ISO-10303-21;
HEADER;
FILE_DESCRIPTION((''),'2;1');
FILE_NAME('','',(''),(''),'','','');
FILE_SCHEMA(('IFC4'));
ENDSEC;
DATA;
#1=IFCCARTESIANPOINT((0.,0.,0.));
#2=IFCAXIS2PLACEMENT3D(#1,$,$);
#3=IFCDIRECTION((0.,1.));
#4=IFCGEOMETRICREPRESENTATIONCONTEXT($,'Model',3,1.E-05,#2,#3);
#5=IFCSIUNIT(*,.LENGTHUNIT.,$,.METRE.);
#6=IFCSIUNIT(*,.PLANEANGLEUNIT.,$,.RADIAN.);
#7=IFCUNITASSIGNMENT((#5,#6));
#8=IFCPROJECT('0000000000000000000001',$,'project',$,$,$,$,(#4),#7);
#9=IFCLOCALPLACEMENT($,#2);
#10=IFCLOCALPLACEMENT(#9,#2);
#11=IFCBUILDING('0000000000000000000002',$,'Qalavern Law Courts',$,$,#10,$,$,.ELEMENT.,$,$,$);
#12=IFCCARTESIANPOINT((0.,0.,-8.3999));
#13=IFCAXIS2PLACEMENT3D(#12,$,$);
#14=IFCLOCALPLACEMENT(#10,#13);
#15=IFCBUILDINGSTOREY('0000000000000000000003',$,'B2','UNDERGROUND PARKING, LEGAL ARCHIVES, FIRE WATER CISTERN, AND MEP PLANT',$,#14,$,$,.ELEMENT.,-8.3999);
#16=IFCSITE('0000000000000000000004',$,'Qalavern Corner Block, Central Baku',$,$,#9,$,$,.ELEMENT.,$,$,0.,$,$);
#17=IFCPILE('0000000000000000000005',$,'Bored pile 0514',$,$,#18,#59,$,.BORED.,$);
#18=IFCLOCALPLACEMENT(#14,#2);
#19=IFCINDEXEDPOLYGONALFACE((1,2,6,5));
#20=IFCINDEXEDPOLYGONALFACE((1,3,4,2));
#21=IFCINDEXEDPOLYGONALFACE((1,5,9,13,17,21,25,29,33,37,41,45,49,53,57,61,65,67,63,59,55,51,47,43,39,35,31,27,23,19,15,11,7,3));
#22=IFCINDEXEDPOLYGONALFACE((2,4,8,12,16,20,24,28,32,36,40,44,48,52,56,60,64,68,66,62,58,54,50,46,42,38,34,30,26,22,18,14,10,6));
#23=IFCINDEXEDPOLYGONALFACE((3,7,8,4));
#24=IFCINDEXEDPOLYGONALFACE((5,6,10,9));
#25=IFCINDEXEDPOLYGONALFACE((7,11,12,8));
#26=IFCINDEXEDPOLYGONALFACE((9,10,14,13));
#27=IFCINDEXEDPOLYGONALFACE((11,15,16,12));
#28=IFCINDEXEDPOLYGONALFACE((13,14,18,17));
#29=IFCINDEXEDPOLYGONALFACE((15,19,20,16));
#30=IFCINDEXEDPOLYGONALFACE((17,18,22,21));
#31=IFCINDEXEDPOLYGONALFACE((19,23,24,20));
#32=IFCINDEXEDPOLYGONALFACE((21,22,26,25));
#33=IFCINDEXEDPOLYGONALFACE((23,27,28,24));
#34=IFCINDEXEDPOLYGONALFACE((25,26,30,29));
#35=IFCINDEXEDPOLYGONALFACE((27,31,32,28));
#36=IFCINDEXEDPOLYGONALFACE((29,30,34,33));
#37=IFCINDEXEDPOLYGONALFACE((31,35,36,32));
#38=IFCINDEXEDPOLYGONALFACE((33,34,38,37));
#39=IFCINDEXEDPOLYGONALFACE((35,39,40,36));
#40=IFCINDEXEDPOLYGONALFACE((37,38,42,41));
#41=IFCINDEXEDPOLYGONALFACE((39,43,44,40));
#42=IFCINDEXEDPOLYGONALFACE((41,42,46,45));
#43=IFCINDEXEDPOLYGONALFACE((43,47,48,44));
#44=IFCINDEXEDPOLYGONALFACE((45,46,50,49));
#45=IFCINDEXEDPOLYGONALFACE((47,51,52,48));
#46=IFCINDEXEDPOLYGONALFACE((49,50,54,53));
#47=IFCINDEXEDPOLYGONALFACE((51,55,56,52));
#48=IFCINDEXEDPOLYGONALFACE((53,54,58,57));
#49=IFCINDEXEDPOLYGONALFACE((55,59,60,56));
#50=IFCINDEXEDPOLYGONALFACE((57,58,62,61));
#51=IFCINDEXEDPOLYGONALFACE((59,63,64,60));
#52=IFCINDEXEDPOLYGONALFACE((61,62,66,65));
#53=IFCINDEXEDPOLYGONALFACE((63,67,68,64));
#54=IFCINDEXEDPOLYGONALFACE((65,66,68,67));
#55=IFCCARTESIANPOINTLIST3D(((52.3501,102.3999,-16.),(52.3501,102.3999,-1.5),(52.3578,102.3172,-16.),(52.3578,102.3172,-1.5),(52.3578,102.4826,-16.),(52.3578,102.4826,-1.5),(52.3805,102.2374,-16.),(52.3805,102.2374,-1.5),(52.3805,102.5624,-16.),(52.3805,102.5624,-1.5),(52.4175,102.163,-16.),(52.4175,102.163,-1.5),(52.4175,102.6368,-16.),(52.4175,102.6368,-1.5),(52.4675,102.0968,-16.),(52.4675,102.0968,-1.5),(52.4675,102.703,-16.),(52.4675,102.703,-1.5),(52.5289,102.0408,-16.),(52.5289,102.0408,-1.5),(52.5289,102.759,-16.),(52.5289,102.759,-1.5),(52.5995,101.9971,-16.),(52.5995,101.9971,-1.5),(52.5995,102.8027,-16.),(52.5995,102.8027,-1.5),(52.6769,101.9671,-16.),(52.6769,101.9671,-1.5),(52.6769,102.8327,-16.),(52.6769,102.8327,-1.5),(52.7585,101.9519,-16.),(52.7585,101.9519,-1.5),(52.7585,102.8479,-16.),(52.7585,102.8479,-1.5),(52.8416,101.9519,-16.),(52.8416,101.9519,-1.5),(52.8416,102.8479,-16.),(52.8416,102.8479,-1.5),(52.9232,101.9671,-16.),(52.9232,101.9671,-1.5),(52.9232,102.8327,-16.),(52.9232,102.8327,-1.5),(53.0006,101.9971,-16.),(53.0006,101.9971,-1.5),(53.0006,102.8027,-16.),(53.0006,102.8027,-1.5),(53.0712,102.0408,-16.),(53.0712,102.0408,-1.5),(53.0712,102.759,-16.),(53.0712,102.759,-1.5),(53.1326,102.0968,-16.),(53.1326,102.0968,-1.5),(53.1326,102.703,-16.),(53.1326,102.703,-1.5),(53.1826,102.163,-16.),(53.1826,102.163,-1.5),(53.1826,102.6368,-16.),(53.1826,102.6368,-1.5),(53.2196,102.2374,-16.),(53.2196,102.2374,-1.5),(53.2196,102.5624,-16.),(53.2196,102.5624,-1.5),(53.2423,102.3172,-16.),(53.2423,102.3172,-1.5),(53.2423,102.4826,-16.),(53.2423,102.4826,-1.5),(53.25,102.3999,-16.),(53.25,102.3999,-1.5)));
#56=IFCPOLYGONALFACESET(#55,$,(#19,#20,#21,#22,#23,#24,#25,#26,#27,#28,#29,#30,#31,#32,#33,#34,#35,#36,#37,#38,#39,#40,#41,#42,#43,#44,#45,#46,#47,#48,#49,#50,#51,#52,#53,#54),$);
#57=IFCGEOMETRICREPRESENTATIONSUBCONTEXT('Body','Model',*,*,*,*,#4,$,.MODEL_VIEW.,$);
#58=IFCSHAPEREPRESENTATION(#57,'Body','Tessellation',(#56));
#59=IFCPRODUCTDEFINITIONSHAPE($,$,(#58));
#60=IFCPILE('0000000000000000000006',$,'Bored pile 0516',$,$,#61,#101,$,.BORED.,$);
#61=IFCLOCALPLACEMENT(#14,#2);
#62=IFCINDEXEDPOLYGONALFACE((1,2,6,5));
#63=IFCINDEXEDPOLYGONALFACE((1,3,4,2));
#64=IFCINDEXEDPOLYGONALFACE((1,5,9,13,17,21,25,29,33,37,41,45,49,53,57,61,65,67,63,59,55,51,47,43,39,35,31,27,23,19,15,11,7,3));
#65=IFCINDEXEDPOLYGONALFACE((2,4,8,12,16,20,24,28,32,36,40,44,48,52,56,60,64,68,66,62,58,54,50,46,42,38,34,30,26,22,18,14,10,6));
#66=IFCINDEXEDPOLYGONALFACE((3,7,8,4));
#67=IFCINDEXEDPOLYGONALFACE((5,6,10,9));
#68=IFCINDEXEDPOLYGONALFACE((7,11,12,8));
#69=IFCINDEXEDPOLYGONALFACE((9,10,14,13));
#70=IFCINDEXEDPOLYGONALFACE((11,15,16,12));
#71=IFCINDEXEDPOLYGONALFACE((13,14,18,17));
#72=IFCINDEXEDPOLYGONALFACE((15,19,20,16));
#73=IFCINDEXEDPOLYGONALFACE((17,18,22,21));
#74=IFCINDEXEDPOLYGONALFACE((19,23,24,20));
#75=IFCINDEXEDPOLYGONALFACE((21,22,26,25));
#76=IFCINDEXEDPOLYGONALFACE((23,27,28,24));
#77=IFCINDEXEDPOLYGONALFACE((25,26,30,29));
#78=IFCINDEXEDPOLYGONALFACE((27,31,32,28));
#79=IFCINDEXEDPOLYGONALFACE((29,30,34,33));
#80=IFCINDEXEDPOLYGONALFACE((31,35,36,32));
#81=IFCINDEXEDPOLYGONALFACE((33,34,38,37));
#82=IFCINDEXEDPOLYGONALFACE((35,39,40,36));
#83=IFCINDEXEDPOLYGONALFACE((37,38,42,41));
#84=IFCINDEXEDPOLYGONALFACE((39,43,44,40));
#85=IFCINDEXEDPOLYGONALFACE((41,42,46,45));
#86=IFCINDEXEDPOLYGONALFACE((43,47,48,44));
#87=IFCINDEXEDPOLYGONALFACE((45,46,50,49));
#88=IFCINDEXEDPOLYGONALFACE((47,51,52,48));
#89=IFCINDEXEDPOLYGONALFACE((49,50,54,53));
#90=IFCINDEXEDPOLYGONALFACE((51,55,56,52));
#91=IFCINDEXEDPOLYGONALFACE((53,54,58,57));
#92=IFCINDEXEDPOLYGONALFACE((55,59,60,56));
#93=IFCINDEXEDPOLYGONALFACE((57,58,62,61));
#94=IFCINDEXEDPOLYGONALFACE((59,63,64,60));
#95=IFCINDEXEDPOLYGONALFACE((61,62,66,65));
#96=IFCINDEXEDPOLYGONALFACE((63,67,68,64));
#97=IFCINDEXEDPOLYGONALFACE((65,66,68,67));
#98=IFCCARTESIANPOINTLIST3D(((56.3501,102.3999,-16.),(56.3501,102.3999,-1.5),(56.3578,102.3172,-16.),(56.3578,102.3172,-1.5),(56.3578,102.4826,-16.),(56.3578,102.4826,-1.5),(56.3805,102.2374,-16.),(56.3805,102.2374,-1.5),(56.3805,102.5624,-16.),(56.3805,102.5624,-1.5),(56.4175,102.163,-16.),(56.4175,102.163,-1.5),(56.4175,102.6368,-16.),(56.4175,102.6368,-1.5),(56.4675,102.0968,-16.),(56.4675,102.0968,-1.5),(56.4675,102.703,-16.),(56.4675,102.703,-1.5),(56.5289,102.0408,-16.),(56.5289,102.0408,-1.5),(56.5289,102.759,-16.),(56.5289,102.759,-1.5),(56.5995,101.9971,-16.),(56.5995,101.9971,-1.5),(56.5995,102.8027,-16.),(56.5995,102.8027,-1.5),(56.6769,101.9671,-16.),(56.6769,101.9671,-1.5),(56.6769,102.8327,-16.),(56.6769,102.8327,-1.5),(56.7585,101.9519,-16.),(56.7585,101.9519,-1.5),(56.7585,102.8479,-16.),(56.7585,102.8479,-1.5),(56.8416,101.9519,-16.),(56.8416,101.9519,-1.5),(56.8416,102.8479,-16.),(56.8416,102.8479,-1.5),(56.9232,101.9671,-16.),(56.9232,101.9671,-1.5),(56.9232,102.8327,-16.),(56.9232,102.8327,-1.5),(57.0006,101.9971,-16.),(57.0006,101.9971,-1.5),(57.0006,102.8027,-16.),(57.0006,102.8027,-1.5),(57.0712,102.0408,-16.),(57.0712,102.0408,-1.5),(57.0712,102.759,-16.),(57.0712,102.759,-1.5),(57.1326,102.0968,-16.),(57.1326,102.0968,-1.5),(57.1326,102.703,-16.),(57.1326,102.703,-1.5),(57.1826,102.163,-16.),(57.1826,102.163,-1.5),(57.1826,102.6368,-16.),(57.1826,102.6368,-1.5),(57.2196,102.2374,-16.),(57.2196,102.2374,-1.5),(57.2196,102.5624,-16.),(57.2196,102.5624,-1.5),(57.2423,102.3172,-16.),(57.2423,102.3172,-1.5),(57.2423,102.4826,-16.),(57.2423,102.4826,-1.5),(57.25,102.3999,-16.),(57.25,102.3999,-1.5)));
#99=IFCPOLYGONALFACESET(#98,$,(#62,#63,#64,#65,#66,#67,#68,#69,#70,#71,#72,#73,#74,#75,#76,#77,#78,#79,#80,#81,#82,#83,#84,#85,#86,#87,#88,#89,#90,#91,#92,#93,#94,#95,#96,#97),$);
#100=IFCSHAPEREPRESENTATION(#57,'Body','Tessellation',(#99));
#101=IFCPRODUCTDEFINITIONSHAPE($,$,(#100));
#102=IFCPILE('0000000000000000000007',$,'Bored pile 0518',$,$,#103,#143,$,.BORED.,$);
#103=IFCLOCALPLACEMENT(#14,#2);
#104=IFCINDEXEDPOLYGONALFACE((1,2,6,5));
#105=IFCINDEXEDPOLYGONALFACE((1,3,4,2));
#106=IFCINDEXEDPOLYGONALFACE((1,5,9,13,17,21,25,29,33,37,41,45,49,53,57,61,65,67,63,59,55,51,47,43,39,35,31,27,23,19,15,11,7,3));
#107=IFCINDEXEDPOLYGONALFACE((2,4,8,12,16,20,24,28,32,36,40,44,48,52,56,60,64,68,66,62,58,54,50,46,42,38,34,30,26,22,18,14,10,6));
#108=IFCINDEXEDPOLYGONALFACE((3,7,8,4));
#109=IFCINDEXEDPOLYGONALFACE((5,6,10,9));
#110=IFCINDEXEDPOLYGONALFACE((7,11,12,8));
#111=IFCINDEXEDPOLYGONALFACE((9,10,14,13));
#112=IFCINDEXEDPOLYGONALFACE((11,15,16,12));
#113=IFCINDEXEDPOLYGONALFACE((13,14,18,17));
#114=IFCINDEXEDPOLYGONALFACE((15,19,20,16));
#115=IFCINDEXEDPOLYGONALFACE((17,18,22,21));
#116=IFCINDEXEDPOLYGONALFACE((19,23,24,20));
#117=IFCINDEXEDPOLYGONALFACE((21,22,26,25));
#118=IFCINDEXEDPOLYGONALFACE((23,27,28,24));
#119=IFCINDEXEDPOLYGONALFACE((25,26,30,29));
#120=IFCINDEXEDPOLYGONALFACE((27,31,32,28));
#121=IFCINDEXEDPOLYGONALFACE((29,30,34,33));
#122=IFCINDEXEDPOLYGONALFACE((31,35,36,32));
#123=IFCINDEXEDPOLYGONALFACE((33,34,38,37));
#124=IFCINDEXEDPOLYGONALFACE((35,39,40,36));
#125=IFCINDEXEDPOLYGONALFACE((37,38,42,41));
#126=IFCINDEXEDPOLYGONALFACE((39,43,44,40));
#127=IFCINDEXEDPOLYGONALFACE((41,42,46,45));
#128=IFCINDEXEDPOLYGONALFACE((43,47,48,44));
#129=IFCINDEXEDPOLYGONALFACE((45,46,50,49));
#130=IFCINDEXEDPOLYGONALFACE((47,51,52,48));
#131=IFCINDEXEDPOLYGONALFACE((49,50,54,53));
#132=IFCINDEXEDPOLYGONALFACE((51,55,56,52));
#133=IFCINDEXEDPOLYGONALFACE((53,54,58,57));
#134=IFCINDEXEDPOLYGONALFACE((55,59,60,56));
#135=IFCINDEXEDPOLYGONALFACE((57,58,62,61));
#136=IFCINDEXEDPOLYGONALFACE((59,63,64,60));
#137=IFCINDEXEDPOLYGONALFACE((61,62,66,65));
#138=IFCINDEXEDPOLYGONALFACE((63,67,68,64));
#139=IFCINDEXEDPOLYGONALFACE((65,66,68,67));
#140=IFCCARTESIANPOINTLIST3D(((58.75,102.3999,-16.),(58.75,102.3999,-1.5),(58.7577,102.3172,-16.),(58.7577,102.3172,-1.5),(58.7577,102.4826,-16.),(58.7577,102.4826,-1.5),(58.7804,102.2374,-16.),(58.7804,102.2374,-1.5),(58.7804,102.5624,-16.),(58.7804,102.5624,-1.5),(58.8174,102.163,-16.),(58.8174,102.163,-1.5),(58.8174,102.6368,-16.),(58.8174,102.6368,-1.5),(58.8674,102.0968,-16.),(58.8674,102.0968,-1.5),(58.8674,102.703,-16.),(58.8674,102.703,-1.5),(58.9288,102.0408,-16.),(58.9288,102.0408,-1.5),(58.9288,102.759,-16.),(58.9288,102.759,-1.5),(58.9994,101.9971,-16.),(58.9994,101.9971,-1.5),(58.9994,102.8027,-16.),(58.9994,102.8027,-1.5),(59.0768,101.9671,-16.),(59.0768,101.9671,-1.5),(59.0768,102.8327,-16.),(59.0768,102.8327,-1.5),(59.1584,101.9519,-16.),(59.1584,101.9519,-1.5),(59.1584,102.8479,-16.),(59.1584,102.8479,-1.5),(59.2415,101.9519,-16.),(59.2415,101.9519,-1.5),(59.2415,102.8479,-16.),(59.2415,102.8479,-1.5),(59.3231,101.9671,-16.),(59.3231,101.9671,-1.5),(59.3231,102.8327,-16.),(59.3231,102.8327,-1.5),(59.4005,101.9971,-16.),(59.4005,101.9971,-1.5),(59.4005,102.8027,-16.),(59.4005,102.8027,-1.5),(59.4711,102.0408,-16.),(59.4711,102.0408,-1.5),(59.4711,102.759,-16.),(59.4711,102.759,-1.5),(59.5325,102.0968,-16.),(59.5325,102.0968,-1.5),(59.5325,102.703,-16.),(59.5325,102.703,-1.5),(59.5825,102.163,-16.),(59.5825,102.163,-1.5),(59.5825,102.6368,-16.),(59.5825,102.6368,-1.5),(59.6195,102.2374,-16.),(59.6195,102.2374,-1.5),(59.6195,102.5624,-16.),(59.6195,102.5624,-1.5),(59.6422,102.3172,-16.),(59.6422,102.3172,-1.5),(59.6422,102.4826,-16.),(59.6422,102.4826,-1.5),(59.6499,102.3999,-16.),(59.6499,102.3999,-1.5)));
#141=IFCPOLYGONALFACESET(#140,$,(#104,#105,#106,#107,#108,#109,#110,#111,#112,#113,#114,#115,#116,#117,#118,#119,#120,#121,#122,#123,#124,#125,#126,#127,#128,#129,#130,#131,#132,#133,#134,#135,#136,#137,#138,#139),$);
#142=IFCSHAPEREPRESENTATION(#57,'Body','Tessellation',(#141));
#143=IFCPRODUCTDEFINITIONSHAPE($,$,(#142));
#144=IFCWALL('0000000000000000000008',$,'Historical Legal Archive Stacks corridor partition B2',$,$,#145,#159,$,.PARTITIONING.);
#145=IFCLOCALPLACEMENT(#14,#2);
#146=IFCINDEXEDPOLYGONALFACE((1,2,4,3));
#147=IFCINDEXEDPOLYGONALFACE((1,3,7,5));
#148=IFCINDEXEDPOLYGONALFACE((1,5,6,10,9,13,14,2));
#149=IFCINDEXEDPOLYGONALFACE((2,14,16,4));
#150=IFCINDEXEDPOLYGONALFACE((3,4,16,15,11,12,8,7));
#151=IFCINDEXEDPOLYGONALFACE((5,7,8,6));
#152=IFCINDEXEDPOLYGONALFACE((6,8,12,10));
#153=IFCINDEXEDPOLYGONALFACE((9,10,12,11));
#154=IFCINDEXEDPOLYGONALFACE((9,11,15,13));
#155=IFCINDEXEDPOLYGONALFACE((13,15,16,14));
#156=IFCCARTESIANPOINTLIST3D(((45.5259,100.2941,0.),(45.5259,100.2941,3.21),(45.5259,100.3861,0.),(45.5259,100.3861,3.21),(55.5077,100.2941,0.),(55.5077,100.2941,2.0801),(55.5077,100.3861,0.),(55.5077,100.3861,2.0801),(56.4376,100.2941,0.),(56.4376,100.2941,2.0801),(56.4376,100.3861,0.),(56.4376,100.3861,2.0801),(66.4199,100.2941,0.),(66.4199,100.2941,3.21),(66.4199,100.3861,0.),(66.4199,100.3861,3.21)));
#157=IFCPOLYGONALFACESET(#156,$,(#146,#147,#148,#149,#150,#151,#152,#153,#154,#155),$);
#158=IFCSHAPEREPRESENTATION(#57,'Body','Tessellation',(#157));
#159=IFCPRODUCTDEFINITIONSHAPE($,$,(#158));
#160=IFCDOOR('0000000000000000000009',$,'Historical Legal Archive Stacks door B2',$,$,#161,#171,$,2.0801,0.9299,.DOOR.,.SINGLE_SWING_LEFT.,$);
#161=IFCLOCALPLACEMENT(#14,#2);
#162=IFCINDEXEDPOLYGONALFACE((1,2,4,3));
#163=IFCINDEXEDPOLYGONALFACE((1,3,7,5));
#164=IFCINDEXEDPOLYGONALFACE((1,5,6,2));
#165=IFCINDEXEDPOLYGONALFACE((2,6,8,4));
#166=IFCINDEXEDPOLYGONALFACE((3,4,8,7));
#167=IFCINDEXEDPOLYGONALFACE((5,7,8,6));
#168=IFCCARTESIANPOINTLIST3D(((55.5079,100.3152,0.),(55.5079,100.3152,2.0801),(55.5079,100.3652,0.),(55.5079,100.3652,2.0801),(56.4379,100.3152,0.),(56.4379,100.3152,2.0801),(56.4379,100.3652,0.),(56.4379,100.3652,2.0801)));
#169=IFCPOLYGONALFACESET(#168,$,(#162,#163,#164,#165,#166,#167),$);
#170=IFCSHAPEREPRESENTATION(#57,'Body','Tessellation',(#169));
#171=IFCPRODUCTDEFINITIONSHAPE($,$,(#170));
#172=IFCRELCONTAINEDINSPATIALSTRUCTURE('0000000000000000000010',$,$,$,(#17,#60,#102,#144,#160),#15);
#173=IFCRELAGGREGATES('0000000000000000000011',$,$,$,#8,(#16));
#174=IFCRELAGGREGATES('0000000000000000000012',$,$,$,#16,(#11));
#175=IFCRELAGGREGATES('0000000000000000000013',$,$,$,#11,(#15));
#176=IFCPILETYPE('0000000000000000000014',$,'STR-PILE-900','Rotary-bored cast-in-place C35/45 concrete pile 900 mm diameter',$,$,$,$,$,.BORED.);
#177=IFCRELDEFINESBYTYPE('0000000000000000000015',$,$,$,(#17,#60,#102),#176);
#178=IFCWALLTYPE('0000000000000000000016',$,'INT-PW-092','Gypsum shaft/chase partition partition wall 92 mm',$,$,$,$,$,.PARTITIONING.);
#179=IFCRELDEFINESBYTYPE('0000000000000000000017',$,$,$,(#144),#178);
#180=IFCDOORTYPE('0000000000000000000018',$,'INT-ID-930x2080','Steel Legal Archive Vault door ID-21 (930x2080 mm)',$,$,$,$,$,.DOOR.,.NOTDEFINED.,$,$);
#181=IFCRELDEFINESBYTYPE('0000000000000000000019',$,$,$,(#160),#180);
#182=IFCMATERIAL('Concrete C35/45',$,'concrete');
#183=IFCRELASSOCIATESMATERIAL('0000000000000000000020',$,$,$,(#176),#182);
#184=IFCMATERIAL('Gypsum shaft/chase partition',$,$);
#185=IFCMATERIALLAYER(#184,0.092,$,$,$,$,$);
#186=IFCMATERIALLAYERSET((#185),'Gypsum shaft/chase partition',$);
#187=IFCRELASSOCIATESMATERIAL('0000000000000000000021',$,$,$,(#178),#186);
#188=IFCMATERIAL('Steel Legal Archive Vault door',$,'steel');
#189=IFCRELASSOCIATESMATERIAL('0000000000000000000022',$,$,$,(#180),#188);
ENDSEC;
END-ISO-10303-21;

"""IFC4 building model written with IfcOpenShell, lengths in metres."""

from ifc_helpers import new_model, si_unit, direction, frame, frame_2d, origin, origin_2d, place, context, subcontext, project, spatial, rectangle, circle, extrude, material, layer, layer_set, material_profile, profile_set, type_object, element, fill, save


model = new_model("IFC4")

# Units and contexts
model_context = context("Model", 3, precision=1e-05, world=origin(), true_north=direction((0.0, 1.0)))
body_context = subcontext(model_context, "Body", "Model", "MODEL_VIEW")
ifc_project = project(units=[si_unit("LENGTHUNIT", "METRE"), si_unit("PLANEANGLEUNIT", "RADIAN")], contexts=[model_context])

# Site, building, storey
site_placement = place(None, origin())
site = spatial("IfcSite", under=ifc_project, at=site_placement, Name="Qalavern Corner Block, Central Baku", CompositionType="ELEMENT", RefElevation=0.0)
building_placement = place(site_placement, origin())
building = spatial("IfcBuilding", under=site, at=building_placement, Name="Qalavern Law Courts", CompositionType="ELEMENT")
storey_placement = place(building_placement, frame((0.0, 0.0, -8.3999)))
storey = spatial("IfcBuildingStorey", under=building, at=storey_placement, Name="B2", Description="UNDERGROUND PARKING, LEGAL ARCHIVES, FIRE WATER CISTERN, AND MEP PLANT", CompositionType="ELEMENT", Elevation=-8.3999)

# Shared definitions
ifc_material_1 = material(Name="Concrete C35/45", Category="concrete")

# Piles
ifc_material_profile_1 = material_profile(ifc_material_1, circle(Radius=0.45, at=origin_2d()), Name="BORED PILE 900")
ifc_profile_set_1 = profile_set([ifc_material_profile_1], Name="Concrete C35/45")
pile_type_1 = type_object("IfcPileType", Name="STR-PILE-900", Description="Rotary-bored cast-in-place C35/45 concrete pile 900 mm diameter", PredefinedType="BORED", material=ifc_profile_set_1)
for number, where, z_axis, x_axis, name in (
    (1, (52.8, 102.3999, -1.5), (0.0, 0.0, -1.0), (1.0, 0.0, 0.0), "Bored pile 0514"),
    (2, (56.8, 102.3999, -1.5), (0.0, 0.0, -1.0), (1.0, 0.0, 0.0), "Bored pile 0516"),
    (3, (59.2, 102.3999, -1.5), (0.0, 0.0, -1.0), (1.0, 0.0, 0.0), "Bored pile 0518"),
):
    element("IfcPile", number, at=place(storey_placement, frame(where, z_axis=z_axis, x_axis=x_axis)), inside=storey, type_object=pile_type_1, Name=name, PredefinedType="BORED", context=body_context, shape_type="SweptSolid", body=[
        extrude(circle(Radius=0.45, at=origin_2d()), origin(), (0.0, 0.0, 1.0), 14.5),
    ])

# Wall, opening, door
ifc_material_2 = material(Name="Gypsum shaft/chase partition")
ifc_layer_1 = layer(ifc_material_2, 0.092)
ifc_layer_set_1 = layer_set([ifc_layer_1], Name="Gypsum shaft/chase partition")
wall_type_1 = type_object("IfcWallType", Name="INT-PW-092", Description="Gypsum shaft/chase partition partition wall 92 mm", PredefinedType="PARTITIONING", material=ifc_layer_set_1)
wall_1_placement = place(storey_placement, frame((45.5259, 100.3401, 0.0), z_axis=(0.0, 0.0, 1.0), x_axis=(1.0, 0.0, 0.0)))
wall_1 = element("IfcWall", 4, at=wall_1_placement, inside=storey, type_object=wall_type_1, Name="Historical Legal Archive Stacks corridor partition B2", PredefinedType="PARTITIONING", context=body_context, shape_type="SweptSolid", body=[
    extrude(rectangle(XDim=20.894, YDim=0.092, at=frame_2d((10.447, 0.0))), origin(), (0.0, 0.0, 1.0), 3.21),
])
opening_1_placement = place(wall_1_placement, frame((9.9819, 0.0, 0.0)))
opening_1 = element("IfcOpeningElement", 5, at=opening_1_placement, cuts=wall_1, PredefinedType="OPENING", context=body_context, shape_type="SweptSolid", body=[
    extrude(rectangle(XDim=0.9299, YDim=2.0801, at=frame_2d((0.4648, 1.04))), frame((0.0, 0.061, 0.0), z_axis=(0.0, -1.0, 0.0), x_axis=(1.0, 0.0, 0.0)), (0.0, 0.0, 1.0), 0.1218),
])
ifc_material_3 = material(Name="Steel Legal Archive Vault door", Category="steel")
door_type = type_object("IfcDoorType", Name="INT-ID-930x2080", Description="Steel Legal Archive Vault door ID-21 (930x2080 mm)", OperationType="NOTDEFINED", PredefinedType="DOOR", material=ifc_material_3)
door_1_placement = place(opening_1_placement, frame((0.9299, 0.0, 0.0), z_axis=(0.0, 0.0, 1.0), x_axis=(-1.0, 0.0, 0.0)))
door_1 = element("IfcDoor", 6, at=door_1_placement, inside=storey, type_object=door_type, Name="Historical Legal Archive Stacks door B2", OperationType="SINGLE_SWING_LEFT", OverallHeight=2.0801, OverallWidth=0.9299, PredefinedType="DOOR", context=body_context, shape_type="SweptSolid", body=[
    extrude(rectangle(XDim=0.9299, YDim=2.0801, at=frame_2d((0.4648, 1.04))), frame((0.0, 0.0249, 0.0), z_axis=(0.0, -1.0, 0.0), x_axis=(1.0, 0.0, 0.0)), (0.0, 0.0, 1.0), 0.05),
])
fill(opening_1, door_1)

save(model, "model.ifc")
